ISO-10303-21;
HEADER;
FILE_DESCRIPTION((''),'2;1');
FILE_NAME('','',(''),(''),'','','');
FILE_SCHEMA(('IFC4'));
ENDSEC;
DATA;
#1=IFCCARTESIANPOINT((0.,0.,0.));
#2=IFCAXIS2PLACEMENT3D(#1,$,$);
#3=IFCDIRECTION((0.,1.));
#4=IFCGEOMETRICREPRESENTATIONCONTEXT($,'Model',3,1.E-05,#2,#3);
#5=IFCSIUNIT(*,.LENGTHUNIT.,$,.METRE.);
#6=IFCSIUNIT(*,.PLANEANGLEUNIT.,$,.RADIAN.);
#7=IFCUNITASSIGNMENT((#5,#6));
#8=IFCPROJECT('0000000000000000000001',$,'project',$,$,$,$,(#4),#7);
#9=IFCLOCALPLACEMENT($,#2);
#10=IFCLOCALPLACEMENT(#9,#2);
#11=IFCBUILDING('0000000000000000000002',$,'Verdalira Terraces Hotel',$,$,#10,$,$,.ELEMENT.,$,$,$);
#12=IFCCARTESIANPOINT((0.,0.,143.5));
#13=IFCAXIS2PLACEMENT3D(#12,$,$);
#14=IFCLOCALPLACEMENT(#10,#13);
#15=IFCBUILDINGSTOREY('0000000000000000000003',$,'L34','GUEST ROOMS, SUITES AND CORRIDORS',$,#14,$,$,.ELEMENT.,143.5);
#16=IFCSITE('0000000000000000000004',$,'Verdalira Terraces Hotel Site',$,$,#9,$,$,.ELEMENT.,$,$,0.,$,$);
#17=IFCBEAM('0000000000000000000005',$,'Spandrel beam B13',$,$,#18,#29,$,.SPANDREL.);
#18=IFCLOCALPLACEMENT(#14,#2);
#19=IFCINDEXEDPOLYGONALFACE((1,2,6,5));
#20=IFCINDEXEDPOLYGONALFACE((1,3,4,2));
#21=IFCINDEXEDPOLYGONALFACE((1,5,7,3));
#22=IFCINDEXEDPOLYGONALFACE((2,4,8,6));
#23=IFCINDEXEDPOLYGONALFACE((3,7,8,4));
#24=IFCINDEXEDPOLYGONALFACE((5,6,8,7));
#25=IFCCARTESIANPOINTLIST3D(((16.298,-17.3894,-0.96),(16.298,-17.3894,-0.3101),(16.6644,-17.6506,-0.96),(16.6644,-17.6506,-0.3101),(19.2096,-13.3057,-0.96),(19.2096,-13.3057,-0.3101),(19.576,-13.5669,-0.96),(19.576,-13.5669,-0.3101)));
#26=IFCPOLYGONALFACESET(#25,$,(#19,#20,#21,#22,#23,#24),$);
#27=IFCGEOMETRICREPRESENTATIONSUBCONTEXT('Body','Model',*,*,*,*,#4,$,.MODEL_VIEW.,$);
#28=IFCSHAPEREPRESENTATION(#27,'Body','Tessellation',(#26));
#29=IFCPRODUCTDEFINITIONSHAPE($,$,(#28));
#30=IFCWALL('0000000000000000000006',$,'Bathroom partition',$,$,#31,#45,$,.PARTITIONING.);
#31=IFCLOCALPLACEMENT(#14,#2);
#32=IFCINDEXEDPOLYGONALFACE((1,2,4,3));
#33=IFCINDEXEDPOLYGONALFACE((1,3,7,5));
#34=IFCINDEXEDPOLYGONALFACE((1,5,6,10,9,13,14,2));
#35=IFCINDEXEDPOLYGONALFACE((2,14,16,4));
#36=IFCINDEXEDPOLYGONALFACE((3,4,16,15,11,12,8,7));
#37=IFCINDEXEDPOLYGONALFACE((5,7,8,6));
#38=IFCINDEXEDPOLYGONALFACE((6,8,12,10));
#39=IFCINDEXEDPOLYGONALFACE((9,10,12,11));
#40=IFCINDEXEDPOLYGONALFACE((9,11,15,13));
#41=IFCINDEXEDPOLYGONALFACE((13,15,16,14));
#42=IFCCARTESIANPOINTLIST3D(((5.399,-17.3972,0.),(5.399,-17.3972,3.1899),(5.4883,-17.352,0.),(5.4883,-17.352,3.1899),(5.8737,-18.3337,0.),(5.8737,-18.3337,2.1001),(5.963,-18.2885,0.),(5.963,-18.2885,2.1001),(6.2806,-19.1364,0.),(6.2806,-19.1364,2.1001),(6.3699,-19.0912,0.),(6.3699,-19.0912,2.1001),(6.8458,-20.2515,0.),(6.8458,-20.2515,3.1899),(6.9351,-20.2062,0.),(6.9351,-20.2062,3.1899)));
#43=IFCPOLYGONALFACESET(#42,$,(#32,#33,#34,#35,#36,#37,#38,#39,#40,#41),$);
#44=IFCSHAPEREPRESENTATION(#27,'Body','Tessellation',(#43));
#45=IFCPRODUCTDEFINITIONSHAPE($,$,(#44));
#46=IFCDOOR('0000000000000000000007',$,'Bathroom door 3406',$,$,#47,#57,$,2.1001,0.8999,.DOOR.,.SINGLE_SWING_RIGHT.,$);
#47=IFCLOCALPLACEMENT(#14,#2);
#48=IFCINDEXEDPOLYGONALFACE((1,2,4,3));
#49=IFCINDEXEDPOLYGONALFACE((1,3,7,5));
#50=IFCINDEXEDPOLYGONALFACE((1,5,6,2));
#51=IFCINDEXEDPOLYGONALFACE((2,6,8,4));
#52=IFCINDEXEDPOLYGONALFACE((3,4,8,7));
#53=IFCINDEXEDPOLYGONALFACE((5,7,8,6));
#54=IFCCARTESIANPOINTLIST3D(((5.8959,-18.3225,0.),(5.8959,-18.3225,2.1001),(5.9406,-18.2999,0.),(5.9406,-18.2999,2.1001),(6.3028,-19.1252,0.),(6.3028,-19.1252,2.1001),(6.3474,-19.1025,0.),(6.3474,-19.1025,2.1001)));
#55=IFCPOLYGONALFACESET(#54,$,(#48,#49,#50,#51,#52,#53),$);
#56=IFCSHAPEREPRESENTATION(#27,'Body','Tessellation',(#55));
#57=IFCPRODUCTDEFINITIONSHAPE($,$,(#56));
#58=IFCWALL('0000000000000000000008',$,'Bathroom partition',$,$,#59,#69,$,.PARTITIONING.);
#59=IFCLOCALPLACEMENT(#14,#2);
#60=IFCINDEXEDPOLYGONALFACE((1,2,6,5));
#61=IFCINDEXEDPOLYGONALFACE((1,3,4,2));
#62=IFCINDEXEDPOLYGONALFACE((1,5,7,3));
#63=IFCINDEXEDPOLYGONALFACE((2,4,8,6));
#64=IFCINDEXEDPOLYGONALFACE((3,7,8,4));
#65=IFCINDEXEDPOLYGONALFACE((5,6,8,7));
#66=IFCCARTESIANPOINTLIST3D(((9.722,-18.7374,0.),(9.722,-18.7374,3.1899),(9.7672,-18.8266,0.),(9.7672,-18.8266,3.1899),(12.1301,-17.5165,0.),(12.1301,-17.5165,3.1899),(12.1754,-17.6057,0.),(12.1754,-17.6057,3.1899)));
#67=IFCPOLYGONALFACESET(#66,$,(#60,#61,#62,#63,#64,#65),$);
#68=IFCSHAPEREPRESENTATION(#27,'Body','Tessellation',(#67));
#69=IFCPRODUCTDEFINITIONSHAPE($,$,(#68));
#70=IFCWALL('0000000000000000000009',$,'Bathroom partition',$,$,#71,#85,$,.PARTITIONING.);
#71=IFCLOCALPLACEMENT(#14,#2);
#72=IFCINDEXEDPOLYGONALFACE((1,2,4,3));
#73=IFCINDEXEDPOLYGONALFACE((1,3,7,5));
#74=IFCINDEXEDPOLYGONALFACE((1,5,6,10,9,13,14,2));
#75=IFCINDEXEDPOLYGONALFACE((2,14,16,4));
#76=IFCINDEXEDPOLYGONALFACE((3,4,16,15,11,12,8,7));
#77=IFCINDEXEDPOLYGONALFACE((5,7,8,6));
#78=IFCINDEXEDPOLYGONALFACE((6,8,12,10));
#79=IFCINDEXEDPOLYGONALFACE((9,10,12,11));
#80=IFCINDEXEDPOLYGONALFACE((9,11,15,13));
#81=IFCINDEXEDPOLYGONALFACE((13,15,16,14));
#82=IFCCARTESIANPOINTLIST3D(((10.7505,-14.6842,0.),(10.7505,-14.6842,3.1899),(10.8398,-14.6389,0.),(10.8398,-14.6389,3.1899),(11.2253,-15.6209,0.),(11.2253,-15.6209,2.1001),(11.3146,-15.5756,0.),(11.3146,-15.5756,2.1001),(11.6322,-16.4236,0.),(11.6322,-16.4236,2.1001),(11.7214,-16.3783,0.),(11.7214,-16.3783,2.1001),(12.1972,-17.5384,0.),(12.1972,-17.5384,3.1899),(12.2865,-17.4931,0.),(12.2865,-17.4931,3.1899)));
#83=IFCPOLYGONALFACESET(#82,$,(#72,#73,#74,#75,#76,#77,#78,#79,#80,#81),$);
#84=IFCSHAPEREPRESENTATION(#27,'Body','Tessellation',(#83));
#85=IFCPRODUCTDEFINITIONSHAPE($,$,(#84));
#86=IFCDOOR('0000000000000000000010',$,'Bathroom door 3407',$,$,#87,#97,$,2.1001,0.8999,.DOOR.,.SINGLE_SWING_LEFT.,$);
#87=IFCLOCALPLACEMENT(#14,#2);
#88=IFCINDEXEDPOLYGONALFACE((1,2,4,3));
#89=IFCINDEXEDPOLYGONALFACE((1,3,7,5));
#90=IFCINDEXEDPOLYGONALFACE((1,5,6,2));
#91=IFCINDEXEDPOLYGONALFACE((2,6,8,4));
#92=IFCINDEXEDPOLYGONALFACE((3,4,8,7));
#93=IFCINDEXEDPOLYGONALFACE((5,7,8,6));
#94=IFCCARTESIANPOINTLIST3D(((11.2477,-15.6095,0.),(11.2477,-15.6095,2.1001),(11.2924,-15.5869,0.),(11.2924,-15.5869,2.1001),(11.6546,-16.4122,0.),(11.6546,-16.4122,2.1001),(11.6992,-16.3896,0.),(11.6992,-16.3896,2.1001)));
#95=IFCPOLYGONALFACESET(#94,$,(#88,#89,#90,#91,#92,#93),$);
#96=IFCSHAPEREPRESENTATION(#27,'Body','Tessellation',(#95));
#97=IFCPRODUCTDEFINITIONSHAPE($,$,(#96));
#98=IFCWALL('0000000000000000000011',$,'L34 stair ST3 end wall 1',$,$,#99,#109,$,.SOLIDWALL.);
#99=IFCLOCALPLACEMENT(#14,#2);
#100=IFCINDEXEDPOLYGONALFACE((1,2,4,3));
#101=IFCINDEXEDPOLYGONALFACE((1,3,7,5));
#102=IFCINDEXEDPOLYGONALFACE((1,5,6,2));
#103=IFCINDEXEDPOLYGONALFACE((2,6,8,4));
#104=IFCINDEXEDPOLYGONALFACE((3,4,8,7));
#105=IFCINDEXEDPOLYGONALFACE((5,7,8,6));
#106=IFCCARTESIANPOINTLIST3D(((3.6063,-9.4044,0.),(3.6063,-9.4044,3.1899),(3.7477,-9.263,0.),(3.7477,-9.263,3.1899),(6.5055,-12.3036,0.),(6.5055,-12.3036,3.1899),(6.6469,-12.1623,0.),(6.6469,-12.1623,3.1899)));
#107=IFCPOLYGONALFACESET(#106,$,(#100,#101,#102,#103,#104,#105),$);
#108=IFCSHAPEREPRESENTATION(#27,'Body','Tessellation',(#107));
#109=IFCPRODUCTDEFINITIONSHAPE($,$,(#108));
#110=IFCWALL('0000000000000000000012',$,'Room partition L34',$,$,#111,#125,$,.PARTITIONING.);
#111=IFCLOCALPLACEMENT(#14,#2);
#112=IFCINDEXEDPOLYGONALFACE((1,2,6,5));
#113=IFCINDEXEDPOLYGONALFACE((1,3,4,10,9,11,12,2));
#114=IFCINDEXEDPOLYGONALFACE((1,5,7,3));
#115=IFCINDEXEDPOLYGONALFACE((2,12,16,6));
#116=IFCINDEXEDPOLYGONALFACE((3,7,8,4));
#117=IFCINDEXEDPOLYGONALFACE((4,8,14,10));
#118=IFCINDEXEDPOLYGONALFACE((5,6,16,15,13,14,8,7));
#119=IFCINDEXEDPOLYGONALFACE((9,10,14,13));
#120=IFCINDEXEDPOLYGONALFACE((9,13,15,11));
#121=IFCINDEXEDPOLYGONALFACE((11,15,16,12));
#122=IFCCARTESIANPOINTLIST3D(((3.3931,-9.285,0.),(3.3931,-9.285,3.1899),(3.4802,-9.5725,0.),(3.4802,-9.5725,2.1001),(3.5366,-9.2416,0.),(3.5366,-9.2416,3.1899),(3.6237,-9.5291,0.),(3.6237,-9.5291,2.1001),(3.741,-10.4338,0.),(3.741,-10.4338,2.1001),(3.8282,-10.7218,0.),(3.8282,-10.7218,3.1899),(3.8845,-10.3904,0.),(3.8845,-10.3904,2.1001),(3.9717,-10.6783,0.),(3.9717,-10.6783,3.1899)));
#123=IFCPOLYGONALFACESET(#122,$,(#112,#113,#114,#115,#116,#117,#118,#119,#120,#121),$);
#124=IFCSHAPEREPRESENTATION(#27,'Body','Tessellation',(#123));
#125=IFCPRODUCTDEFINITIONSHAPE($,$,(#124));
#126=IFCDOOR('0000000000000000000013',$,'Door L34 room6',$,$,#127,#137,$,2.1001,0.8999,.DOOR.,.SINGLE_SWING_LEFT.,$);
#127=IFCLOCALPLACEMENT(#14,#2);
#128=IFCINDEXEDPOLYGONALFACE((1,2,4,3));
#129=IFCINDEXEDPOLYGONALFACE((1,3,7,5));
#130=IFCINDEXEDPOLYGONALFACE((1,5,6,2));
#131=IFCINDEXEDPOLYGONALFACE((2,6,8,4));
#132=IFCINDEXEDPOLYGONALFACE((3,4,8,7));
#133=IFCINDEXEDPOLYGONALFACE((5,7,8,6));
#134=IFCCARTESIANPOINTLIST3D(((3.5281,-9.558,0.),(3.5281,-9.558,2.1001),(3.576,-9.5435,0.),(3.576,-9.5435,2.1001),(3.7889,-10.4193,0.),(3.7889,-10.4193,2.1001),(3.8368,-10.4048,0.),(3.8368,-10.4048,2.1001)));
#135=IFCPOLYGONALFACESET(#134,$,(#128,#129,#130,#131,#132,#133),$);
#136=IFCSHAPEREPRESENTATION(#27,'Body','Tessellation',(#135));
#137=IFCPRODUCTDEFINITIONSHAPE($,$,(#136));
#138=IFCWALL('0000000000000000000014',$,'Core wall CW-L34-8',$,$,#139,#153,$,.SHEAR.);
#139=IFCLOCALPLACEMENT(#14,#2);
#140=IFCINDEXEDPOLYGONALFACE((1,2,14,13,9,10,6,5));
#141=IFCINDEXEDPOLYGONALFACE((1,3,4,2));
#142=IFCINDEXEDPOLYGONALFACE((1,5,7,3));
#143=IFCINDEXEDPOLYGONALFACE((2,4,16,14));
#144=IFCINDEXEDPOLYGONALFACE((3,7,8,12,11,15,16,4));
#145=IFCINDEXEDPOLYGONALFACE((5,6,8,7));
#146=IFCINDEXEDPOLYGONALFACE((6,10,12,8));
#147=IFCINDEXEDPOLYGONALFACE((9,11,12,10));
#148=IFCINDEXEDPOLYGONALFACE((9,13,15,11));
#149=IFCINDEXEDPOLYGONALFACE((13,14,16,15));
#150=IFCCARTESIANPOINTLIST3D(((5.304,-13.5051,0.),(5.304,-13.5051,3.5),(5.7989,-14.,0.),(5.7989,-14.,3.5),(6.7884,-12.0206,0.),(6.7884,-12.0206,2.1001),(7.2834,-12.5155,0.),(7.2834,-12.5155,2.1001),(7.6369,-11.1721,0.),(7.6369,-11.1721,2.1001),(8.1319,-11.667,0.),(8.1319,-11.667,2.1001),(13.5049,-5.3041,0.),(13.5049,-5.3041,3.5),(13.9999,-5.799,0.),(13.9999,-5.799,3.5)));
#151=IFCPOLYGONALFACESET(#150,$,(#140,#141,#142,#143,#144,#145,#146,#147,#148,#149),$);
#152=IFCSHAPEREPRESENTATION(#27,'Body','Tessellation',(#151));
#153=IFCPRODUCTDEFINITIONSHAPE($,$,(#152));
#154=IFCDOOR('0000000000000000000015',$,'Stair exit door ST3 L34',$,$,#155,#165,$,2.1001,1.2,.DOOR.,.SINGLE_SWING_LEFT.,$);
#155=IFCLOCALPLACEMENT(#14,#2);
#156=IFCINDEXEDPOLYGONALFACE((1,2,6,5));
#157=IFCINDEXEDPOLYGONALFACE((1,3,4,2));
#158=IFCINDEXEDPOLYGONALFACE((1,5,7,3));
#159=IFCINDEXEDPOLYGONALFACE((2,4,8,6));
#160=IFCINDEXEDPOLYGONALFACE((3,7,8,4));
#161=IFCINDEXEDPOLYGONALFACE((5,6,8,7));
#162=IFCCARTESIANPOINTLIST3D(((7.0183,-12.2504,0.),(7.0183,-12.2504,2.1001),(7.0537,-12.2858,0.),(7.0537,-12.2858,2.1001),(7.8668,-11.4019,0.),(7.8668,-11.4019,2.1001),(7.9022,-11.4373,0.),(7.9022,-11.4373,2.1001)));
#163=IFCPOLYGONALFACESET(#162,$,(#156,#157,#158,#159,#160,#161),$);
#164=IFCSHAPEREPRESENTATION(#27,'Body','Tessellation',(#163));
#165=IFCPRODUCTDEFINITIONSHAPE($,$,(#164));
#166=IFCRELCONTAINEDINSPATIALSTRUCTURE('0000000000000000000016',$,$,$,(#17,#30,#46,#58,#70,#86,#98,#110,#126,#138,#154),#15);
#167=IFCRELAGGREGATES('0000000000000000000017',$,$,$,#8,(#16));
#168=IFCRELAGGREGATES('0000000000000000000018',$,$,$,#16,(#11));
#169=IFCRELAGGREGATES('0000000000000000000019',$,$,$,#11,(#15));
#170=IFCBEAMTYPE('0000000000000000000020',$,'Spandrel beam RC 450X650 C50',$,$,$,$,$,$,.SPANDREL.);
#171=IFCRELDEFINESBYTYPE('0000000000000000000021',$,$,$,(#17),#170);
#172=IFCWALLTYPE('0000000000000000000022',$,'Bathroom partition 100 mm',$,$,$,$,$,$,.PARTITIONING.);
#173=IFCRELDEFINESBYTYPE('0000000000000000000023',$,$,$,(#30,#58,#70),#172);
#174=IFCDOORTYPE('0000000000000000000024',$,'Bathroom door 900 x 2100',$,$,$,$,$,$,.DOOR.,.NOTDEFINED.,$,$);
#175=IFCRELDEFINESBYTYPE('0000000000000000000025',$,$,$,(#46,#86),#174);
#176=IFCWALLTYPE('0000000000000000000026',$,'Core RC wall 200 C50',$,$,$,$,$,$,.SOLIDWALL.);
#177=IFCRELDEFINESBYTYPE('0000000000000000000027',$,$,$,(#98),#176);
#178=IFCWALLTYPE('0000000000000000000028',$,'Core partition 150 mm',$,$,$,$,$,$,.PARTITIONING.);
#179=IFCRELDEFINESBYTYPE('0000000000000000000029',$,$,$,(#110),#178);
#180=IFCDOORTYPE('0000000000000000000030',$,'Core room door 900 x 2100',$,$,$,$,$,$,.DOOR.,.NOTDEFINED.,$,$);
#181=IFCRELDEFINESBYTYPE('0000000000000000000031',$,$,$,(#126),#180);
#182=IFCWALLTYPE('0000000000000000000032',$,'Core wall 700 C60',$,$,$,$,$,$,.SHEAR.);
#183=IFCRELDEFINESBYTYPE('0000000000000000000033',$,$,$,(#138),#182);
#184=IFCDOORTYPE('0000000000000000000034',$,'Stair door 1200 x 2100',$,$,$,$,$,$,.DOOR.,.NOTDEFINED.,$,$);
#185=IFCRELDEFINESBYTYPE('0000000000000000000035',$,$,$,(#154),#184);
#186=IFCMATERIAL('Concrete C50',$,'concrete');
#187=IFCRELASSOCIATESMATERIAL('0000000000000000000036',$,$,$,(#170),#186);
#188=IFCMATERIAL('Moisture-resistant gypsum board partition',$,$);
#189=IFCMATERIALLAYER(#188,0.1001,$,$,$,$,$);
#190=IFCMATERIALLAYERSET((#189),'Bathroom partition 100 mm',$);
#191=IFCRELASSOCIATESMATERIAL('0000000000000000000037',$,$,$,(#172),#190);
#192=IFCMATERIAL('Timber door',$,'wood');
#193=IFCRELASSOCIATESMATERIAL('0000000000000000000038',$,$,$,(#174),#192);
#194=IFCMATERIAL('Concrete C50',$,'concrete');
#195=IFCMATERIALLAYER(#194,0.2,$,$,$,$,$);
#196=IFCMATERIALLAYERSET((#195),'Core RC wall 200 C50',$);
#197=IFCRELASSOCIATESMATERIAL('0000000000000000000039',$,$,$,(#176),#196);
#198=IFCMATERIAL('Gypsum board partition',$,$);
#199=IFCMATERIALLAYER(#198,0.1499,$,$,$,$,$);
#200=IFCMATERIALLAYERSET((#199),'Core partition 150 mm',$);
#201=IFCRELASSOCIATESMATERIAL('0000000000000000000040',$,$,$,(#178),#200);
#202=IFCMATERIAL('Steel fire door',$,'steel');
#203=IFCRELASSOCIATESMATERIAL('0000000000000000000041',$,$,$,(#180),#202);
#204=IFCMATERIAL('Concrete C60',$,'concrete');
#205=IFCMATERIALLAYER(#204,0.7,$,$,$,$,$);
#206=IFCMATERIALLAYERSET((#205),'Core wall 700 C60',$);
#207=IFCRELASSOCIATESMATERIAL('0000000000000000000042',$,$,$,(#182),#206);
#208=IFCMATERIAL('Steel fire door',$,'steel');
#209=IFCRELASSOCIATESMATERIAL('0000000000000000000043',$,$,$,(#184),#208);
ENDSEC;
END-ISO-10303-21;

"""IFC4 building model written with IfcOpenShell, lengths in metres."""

from ifc_helpers import new_model, si_unit, direction, frame, frame_2d, origin, origin_2d, place, context, subcontext, project, spatial, rectangle, extrude, material, layer, layer_set, material_profile, profile_set, type_object, element, fill, save


model = new_model("IFC4")

# Units and contexts
model_context = context("Model", 3, precision=1e-05, world=origin(), true_north=direction((0.0, 1.0)))
body_context = subcontext(model_context, "Body", "Model", "MODEL_VIEW")
ifc_project = project(units=[si_unit("LENGTHUNIT", "METRE"), si_unit("PLANEANGLEUNIT", "RADIAN")], contexts=[model_context])

# Site, building, storey
site_placement = place(None, origin())
site = spatial("IfcSite", under=ifc_project, at=site_placement, Name="Verdalira Terraces Hotel Site", CompositionType="ELEMENT", RefElevation=0.0)
building_placement = place(site_placement, origin())
building = spatial("IfcBuilding", under=site, at=building_placement, Name="Verdalira Terraces Hotel", CompositionType="ELEMENT")
storey_placement = place(building_placement, frame((0.0, 0.0, 143.5)))
storey = spatial("IfcBuildingStorey", under=building, at=storey_placement, Name="L34", Description="GUEST ROOMS, SUITES AND CORRIDORS", CompositionType="ELEMENT", Elevation=143.5)

# Beam
ifc_material_1 = material(Name="Concrete C50", Category="concrete")
ifc_material_profile = material_profile(ifc_material_1, rectangle(XDim=0.45, YDim=0.6499, at=origin_2d()), Name="RC 450X650")
ifc_profile_set = profile_set([ifc_material_profile], Name="Concrete C50")
beam_type = type_object("IfcBeamType", Name="Spandrel beam RC 450X650 C50", PredefinedType="SPANDREL", material=ifc_profile_set)
beam_placement = place(storey_placement, frame((16.4812, -17.52, -0.635), z_axis=(0.580533, 0.814236, 0.0), x_axis=(-0.814236, 0.580533, 0.0)))
element("IfcBeam", 1, at=beam_placement, inside=storey, type_object=beam_type, Name="Spandrel beam B13", PredefinedType="SPANDREL", context=body_context, shape_type="SweptSolid", body=[
    extrude(rectangle(XDim=0.45, YDim=0.6499, at=origin_2d()), origin(), (0.0, 0.0, 1.0), 5.0154),
])

# Wall, opening, door
ifc_material_2 = material(Name="Moisture-resistant gypsum board partition")
ifc_layer_1 = layer(ifc_material_2, 0.1001)
ifc_layer_set_1 = layer_set([ifc_layer_1], Name="Bathroom partition 100 mm")
wall_type_1 = type_object("IfcWallType", Name="Bathroom partition 100 mm", PredefinedType="PARTITIONING", material=ifc_layer_set_1)
wall_1_placement = place(storey_placement, frame((5.4436, -17.3745, 0.0), z_axis=(0.0, 0.0, 1.0), x_axis=(0.45212, -0.891957, 0.0)))
wall_1 = element("IfcWall", 2, at=wall_1_placement, inside=storey, type_object=wall_type_1, Name="Bathroom partition", PredefinedType="PARTITIONING", context=body_context, shape_type="SweptSolid", body=[
    extrude(rectangle(XDim=3.2, YDim=0.1001, at=frame_2d((1.6001, 0.0))), origin(), (0.0, 0.0, 1.0), 3.1899),
])
opening_1_placement = place(wall_1_placement, frame((1.05, 0.0, 0.0)))
opening_1 = element("IfcOpeningElement", 3, at=opening_1_placement, cuts=wall_1, PredefinedType="OPENING", context=body_context, shape_type="SweptSolid", body=[
    extrude(rectangle(XDim=0.8999, YDim=2.1001, at=frame_2d((0.45, 1.05))), frame((0.0, 0.0601, 0.0), z_axis=(0.0, -1.0, 0.0), x_axis=(1.0, 0.0, 0.0)), (0.0, 0.0, 1.0), 0.1201),
])
ifc_material_3 = material(Name="Timber door", Category="wood")
door_type_1 = type_object("IfcDoorType", Name="Bathroom door 900 x 2100", OperationType="NOTDEFINED", PredefinedType="DOOR", material=ifc_material_3)
door_1_placement = place(opening_1_placement, origin())
door_1 = element("IfcDoor", 4, at=door_1_placement, inside=storey, type_object=door_type_1, Name="Bathroom door 3406", OperationType="SINGLE_SWING_RIGHT", OverallHeight=2.1001, OverallWidth=0.8999, PredefinedType="DOOR", context=body_context, shape_type="SweptSolid", body=[
    extrude(rectangle(XDim=0.8999, YDim=2.1001, at=frame_2d((0.45, 1.05))), frame((0.0, 0.0249, 0.0), z_axis=(0.0, -1.0, 0.0), x_axis=(1.0, 0.0, 0.0)), (0.0, 0.0, 1.0), 0.05),
])
fill(opening_1, door_1)

# Wall
wall_2_placement = place(storey_placement, frame((12.1528, -17.561, 0.0), z_axis=(0.0, 0.0, 1.0), x_axis=(-0.891918, -0.452198, 0.0)))
element("IfcWall", 5, at=wall_2_placement, inside=storey, type_object=wall_type_1, Name="Bathroom partition", PredefinedType="PARTITIONING", context=body_context, shape_type="SweptSolid", body=[
    extrude(rectangle(XDim=2.7, YDim=0.1001, at=frame_2d((1.3501, 0.0))), origin(), (0.0, 0.0, 1.0), 3.1899),
])

# Wall, opening, door
wall_3_placement = place(storey_placement, frame((12.2419, -17.5159, 0.0), z_axis=(0.0, 0.0, 1.0), x_axis=(-0.45212, 0.891957, 0.0)))
wall_3 = element("IfcWall", 6, at=wall_3_placement, inside=storey, type_object=wall_type_1, Name="Bathroom partition", PredefinedType="PARTITIONING", context=body_context, shape_type="SweptSolid", body=[
    extrude(rectangle(XDim=3.2, YDim=0.1001, at=frame_2d((1.6001, 0.0))), origin(), (0.0, 0.0, 1.0), 3.1899),
])
opening_2_placement = place(wall_3_placement, frame((1.25, 0.0, 0.0)))
opening_2 = element("IfcOpeningElement", 7, at=opening_2_placement, cuts=wall_3, PredefinedType="OPENING", context=body_context, shape_type="SweptSolid", body=[
    extrude(rectangle(XDim=0.8999, YDim=2.1001, at=frame_2d((0.45, 1.05))), frame((0.0, 0.0601, 0.0), z_axis=(0.0, -1.0, 0.0), x_axis=(1.0, 0.0, 0.0)), (0.0, 0.0, 1.0), 0.1201),
])
door_2_placement = place(opening_2_placement, origin())
door_2 = element("IfcDoor", 8, at=door_2_placement, inside=storey, type_object=door_type_1, Name="Bathroom door 3407", OperationType="SINGLE_SWING_LEFT", OverallHeight=2.1001, OverallWidth=0.8999, PredefinedType="DOOR", context=body_context, shape_type="SweptSolid", body=[
    extrude(rectangle(XDim=0.8999, YDim=2.1001, at=frame_2d((0.45, 1.05))), frame((0.0, 0.0249, 0.0), z_axis=(0.0, -1.0, 0.0), x_axis=(1.0, 0.0, 0.0)), (0.0, 0.0, 1.0), 0.05),
])
fill(opening_2, door_2)

# Wall
ifc_material_4 = material(Name="Concrete C50", Category="concrete")
ifc_layer_2 = layer(ifc_material_4, 0.2)
ifc_layer_set_2 = layer_set([ifc_layer_2], Name="Core RC wall 200 C50")
wall_type_2 = type_object("IfcWallType", Name="Core RC wall 200 C50", PredefinedType="SOLIDWALL", material=ifc_layer_set_2)
wall_4_placement = place(storey_placement, frame((3.677, -9.3337, 0.0), z_axis=(0.0, 0.0, 1.0), x_axis=(0.707107, -0.707107, 0.0)))
element("IfcWall", 9, at=wall_4_placement, inside=storey, type_object=wall_type_2, Name="L34 stair ST3 end wall 1", PredefinedType="SOLIDWALL", context=body_context, shape_type="SweptSolid", body=[
    extrude(rectangle(XDim=4.1001, YDim=0.2, at=frame_2d((2.05, 0.0))), origin(), (0.0, 0.0, 1.0), 3.1899),
])

# Walls, openings, doors
ifc_material_5 = material(Name="Gypsum board partition")
ifc_layer_3 = layer(ifc_material_5, 0.1499)
ifc_layer_set_3 = layer_set([ifc_layer_3], Name="Core partition 150 mm")
wall_type_3 = type_object("IfcWallType", Name="Core partition 150 mm", PredefinedType="PARTITIONING", material=ifc_layer_set_3)
wall_5_placement = place(storey_placement, frame((3.8999, -10.7, 0.0), z_axis=(0.0, 0.0, 1.0), x_axis=(-0.289809, 0.957085, 0.0)))
wall_5 = element("IfcWall", 10, at=wall_5_placement, inside=storey, type_object=wall_type_3, Name="Room partition L34", PredefinedType="PARTITIONING", context=body_context, shape_type="SweptSolid", body=[
    extrude(rectangle(XDim=1.5012, YDim=0.1499, at=frame_2d((0.7505, 0.0))), origin(), (0.0, 0.0, 1.0), 3.1899),
])
opening_3_placement = place(wall_5_placement, frame((0.3008, 0.0, 0.0)))
opening_3 = element("IfcOpeningElement", 11, at=opening_3_placement, cuts=wall_5, PredefinedType="OPENING", context=body_context, shape_type="SweptSolid", body=[
    extrude(rectangle(XDim=0.8999, YDim=2.1001, at=frame_2d((0.45, 1.05))), frame((0.0, 0.085, 0.0), z_axis=(0.0, -1.0, 0.0), x_axis=(1.0, 0.0, 0.0)), (0.0, 0.0, 1.0), 0.1699),
])
ifc_material_6 = material(Name="Steel fire door", Category="steel")
door_type_2 = type_object("IfcDoorType", Name="Core room door 900 x 2100", OperationType="NOTDEFINED", PredefinedType="DOOR", material=ifc_material_6)
door_3_placement = place(opening_3_placement, origin())
door_3 = element("IfcDoor", 12, at=door_3_placement, inside=storey, type_object=door_type_2, Name="Door L34 room6", OperationType="SINGLE_SWING_LEFT", OverallHeight=2.1001, OverallWidth=0.8999, PredefinedType="DOOR", context=body_context, shape_type="SweptSolid", body=[
    extrude(rectangle(XDim=0.8999, YDim=2.1001, at=frame_2d((0.45, 1.05))), frame((0.0, 0.0249, 0.0), z_axis=(0.0, -1.0, 0.0), x_axis=(1.0, 0.0, 0.0)), (0.0, 0.0, 1.0), 0.05),
])
fill(opening_3, door_3)
ifc_material_7 = material(Name="Concrete C60", Category="concrete")
ifc_layer_4 = layer(ifc_material_7, 0.7)
ifc_layer_set_4 = layer_set([ifc_layer_4], Name="Core wall 700 C60")
wall_type_4 = type_object("IfcWallType", Name="Core wall 700 C60", PredefinedType="SHEAR", material=ifc_layer_set_4)
wall_6_placement = place(storey_placement, frame((5.5515, -13.7524, 0.0), z_axis=(0.0, 0.0, 1.0), x_axis=(0.707107, 0.707107, 0.0)))
wall_6 = element("IfcWall", 13, at=wall_6_placement, inside=storey, type_object=wall_type_4, Name="Core wall CW-L34-8", PredefinedType="SHEAR", context=body_context, shape_type="SweptSolid", body=[
    extrude(rectangle(XDim=11.5979, YDim=0.7, at=frame_2d((5.7988, 0.0))), origin(), (0.0, 0.0, 1.0), 3.5),
])
opening_4_placement = place(wall_6_placement, frame((2.0991, 0.0, 0.0)))
opening_4 = element("IfcOpeningElement", 14, at=opening_4_placement, cuts=wall_6, PredefinedType="OPENING", context=body_context, shape_type="SweptSolid", body=[
    extrude(rectangle(XDim=1.2, YDim=2.1001, at=frame_2d((0.6001, 1.05))), frame((0.0, 0.3599, 0.0), z_axis=(0.0, -1.0, 0.0), x_axis=(1.0, 0.0, 0.0)), (0.0, 0.0, 1.0), 0.72),
])
ifc_material_8 = material(Name="Steel fire door", Category="steel")
door_type_3 = type_object("IfcDoorType", Name="Stair door 1200 x 2100", OperationType="NOTDEFINED", PredefinedType="DOOR", material=ifc_material_8)
door_4_placement = place(opening_4_placement, origin())
door_4 = element("IfcDoor", 15, at=door_4_placement, inside=storey, type_object=door_type_3, Name="Stair exit door ST3 L34", OperationType="SINGLE_SWING_LEFT", OverallHeight=2.1001, OverallWidth=1.2, PredefinedType="DOOR", context=body_context, shape_type="SweptSolid", body=[
    extrude(rectangle(XDim=1.2, YDim=2.1001, at=frame_2d((0.6001, 1.05))), frame((0.0, 0.0249, 0.0), z_axis=(0.0, -1.0, 0.0), x_axis=(1.0, 0.0, 0.0)), (0.0, 0.0, 1.0), 0.05),
])
fill(opening_4, door_4)

save(model, "model.ifc")
